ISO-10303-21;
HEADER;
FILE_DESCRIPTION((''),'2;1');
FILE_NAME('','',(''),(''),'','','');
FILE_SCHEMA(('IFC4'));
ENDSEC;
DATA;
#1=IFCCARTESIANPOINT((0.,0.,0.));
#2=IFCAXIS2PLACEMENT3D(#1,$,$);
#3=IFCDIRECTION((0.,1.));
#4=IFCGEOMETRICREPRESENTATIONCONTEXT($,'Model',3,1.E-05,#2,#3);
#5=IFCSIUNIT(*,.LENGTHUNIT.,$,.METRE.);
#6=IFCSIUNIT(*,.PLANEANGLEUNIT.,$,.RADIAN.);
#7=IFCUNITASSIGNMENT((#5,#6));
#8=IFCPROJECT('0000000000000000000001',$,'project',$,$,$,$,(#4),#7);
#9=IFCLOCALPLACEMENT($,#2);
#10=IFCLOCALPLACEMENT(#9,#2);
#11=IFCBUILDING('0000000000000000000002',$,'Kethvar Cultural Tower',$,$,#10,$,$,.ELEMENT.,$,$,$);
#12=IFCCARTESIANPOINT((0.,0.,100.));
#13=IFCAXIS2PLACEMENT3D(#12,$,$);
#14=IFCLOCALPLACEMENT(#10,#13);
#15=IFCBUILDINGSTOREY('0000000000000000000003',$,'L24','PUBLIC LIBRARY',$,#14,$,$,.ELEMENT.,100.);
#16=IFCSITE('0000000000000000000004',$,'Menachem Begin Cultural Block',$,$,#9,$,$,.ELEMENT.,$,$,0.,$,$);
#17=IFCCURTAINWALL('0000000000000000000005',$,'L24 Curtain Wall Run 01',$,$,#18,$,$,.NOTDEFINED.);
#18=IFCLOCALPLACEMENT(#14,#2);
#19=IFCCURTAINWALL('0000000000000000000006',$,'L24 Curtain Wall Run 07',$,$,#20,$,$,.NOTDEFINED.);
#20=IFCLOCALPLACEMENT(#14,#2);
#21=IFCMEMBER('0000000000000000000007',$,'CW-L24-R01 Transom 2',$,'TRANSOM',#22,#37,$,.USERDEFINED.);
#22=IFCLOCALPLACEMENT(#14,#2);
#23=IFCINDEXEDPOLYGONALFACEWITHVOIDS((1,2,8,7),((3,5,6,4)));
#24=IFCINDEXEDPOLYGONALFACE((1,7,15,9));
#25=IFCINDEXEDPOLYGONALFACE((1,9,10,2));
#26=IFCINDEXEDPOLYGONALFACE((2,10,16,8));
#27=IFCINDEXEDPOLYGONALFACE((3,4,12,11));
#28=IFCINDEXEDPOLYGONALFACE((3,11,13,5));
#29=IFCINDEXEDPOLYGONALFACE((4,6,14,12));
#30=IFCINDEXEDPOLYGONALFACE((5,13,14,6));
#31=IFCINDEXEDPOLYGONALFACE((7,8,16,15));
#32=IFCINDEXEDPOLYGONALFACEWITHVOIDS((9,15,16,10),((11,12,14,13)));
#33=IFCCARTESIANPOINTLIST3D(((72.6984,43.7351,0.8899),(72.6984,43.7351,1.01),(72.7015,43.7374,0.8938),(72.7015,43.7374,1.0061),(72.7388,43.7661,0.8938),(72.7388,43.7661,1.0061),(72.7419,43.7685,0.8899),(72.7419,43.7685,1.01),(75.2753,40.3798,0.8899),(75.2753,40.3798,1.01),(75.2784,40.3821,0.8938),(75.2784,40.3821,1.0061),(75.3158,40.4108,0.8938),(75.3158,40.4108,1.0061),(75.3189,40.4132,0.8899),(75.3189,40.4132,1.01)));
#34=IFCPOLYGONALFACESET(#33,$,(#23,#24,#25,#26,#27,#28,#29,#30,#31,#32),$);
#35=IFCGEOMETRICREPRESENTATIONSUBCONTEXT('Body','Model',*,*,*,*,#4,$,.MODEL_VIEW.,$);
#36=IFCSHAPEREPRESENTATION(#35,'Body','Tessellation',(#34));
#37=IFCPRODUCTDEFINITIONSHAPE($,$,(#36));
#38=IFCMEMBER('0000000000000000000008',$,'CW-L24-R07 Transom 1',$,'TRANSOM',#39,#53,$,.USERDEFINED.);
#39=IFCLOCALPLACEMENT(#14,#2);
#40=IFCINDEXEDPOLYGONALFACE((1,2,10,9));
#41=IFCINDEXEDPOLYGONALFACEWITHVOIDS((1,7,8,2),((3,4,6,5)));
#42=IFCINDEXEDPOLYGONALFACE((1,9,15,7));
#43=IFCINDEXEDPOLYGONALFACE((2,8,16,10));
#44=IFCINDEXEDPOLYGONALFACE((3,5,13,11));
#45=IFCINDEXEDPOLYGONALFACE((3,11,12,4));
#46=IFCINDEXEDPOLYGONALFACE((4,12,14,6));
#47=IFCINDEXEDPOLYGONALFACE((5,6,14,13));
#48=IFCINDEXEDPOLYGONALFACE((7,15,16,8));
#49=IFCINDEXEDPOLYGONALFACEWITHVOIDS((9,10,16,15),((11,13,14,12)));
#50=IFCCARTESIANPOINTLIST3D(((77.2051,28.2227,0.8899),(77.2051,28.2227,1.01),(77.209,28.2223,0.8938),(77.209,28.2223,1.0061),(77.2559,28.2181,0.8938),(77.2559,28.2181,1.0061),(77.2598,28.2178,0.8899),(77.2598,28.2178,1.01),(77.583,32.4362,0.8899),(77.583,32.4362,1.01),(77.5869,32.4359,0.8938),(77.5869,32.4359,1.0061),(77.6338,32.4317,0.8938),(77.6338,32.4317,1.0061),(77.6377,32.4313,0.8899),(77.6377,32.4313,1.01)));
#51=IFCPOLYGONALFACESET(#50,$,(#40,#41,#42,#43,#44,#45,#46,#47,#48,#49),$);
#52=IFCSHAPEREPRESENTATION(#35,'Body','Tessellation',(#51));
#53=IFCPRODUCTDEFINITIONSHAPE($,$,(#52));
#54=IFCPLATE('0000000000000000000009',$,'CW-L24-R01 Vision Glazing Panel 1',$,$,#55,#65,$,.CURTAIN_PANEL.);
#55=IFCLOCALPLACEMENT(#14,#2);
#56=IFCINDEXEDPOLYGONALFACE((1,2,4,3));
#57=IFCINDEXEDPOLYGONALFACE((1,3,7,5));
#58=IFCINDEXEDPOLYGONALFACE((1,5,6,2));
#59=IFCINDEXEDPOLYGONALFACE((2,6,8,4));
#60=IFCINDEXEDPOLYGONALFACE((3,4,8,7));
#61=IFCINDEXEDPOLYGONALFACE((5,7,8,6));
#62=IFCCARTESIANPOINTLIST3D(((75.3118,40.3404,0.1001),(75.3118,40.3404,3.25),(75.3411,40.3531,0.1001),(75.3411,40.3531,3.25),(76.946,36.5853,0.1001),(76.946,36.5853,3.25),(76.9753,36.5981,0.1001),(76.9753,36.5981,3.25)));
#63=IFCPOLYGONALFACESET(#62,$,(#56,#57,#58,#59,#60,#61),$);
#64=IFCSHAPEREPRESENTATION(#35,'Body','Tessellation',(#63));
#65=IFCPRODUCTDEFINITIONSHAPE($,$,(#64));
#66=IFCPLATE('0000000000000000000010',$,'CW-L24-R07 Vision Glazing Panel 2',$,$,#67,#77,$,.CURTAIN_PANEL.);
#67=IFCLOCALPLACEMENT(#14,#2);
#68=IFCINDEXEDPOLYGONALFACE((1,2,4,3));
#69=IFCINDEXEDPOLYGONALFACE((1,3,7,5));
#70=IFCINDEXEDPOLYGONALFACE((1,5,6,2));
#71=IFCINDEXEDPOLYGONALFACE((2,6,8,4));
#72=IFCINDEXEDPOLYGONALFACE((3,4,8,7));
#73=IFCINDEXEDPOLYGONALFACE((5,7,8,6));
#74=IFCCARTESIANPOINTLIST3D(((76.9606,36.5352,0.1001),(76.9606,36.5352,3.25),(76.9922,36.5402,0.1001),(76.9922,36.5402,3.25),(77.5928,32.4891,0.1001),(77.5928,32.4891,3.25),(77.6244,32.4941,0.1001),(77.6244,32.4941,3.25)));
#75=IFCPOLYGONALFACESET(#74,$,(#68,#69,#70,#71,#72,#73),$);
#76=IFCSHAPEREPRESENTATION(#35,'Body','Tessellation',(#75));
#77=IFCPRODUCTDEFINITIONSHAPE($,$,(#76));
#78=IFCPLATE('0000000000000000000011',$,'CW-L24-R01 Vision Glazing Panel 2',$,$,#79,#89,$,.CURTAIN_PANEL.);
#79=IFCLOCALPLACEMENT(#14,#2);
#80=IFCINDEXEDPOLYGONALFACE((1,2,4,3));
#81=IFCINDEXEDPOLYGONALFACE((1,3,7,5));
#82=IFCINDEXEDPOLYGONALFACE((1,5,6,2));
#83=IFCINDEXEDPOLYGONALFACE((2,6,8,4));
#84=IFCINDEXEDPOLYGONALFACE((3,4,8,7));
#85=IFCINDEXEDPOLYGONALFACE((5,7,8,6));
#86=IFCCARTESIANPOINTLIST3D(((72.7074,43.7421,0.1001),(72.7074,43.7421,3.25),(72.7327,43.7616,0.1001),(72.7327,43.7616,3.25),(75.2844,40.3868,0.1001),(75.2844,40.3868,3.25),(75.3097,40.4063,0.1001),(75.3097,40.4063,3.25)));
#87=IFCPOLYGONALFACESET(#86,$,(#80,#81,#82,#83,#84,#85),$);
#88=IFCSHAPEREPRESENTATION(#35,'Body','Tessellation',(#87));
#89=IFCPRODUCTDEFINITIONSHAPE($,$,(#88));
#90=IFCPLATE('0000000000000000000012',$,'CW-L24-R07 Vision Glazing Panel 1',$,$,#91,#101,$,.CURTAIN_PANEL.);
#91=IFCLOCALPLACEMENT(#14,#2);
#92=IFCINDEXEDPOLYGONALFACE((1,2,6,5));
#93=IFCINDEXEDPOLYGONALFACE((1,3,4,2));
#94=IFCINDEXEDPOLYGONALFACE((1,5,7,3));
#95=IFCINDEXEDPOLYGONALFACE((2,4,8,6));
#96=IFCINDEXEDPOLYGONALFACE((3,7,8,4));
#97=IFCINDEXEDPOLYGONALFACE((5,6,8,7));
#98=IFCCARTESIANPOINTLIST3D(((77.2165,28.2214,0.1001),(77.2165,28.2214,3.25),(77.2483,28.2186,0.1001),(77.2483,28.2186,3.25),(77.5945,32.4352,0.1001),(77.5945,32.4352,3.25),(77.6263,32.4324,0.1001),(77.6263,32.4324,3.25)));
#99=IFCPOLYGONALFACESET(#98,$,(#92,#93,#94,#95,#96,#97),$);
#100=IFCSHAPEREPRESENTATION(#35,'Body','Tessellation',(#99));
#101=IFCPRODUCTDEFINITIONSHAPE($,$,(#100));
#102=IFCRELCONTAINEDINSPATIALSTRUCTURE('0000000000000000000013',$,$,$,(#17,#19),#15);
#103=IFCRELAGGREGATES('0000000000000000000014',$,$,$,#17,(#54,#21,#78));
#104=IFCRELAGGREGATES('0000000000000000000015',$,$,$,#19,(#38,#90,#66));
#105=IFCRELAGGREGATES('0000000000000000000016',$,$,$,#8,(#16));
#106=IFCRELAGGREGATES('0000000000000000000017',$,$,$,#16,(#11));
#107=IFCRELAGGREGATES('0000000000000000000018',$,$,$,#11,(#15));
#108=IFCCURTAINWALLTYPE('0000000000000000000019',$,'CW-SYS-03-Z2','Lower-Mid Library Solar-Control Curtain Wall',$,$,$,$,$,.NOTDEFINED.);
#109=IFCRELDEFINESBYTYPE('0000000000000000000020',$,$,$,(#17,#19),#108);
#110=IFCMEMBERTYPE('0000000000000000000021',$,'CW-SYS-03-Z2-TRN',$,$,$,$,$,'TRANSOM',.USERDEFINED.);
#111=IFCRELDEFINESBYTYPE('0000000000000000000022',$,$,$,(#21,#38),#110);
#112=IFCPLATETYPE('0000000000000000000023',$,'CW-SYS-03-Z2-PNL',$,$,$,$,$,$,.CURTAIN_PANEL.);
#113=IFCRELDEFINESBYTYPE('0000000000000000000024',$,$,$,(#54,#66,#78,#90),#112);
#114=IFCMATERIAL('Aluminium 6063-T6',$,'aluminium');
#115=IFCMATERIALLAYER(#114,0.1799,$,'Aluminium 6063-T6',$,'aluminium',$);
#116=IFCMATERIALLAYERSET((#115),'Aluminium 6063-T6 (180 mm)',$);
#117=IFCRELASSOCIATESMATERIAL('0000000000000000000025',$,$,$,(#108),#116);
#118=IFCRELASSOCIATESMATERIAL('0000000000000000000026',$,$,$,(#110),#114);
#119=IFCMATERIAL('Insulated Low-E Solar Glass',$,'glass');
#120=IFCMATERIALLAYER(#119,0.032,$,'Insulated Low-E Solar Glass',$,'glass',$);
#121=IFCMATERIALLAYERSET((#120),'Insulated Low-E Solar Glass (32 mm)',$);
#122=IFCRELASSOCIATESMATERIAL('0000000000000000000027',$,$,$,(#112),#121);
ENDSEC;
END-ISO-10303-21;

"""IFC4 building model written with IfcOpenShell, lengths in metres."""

from ifc_helpers import new_model, si_unit, direction, frame, origin, origin_2d, place, context, subcontext, project, spatial, rectangle, hollow_rectangle, extrude, source, transform, mapped, material, layer, layer_set, material_profile, profile_set, type_object, element, aggregate, save


model = new_model("IFC4")

# Units and contexts
model_context = context("Model", 3, precision=1e-05, world=origin(), true_north=direction((0.0, 1.0)))
body_context = subcontext(model_context, "Body", "Model", "MODEL_VIEW")
ifc_project = project(units=[si_unit("LENGTHUNIT", "METRE"), si_unit("PLANEANGLEUNIT", "RADIAN")], contexts=[model_context])

# Site, building, storey
site_placement = place(None, origin())
site = spatial("IfcSite", under=ifc_project, at=site_placement, Name="Menachem Begin Cultural Block", CompositionType="ELEMENT", RefElevation=0.0)
building_placement = place(site_placement, origin())
building = spatial("IfcBuilding", under=site, at=building_placement, Name="Kethvar Cultural Tower", CompositionType="ELEMENT")
storey_placement = place(building_placement, frame((0.0, 0.0, 100.0)))
storey = spatial("IfcBuildingStorey", under=building, at=storey_placement, Name="L24", Description="PUBLIC LIBRARY", CompositionType="ELEMENT", Elevation=100.0)

# Curtain wall
ifc_material_1 = material(Name="Aluminium 6063-T6", Category="aluminium")
ifc_layer_1 = layer(ifc_material_1, 0.1799, Name="Aluminium 6063-T6", Category="aluminium")
ifc_layer_set_1 = layer_set([ifc_layer_1], Name="Aluminium 6063-T6 (180 mm)")
curtain_wall_type = type_object("IfcCurtainWallType", Name="CW-SYS-03-Z2", Description="Lower-Mid Library Solar-Control Curtain Wall", PredefinedType="NOTDEFINED", material=ifc_layer_set_1)
curtain_wall_1_placement = place(storey_placement, origin())
curtain_wall_1 = element("IfcCurtainWall", 1, at=curtain_wall_1_placement, inside=storey, type_object=curtain_wall_type, Name="L24 Curtain Wall Run 01", PredefinedType="NOTDEFINED")

# Curtain wall
curtain_wall_2_placement = place(storey_placement, origin())
curtain_wall_2 = element("IfcCurtainWall", 2, at=curtain_wall_2_placement, inside=storey, type_object=curtain_wall_type, Name="L24 Curtain Wall Run 07", PredefinedType="NOTDEFINED")
ifc_material_profile_1 = material_profile(ifc_material_1, hollow_rectangle(XDim=0.0549, YDim=0.1201, WallThickness=0.0039, at=origin_2d()), Name="Aluminium 6063-T6 — RHS120x55x4")
ifc_profile_set_1 = profile_set([ifc_material_profile_1], Name="Aluminium 6063-T6 — RHS120x55x4")
member_type_1 = type_object("IfcMemberType", Name="CW-SYS-03-Z2-TRN", ElementType="TRANSOM", PredefinedType="USERDEFINED", material=ifc_profile_set_1)

# Members
shared_shape_1 = source(origin(), body_context, "Body", "SweptSolid", [
    extrude(hollow_rectangle(XDim=0.0549, YDim=0.1201, WallThickness=0.0039, at=origin_2d()), origin(), (0.0, 0.0, 1.0), 4.2307),
])
member_1_placement = place(storey_placement, frame((75.2971, 40.3965, 0.95), z_axis=(-0.609111, 0.793085, 0.0), x_axis=(-0.793085, -0.609111, 0.0)))
member_1 = element("IfcMember", 3, at=member_1_placement, type_object=member_type_1, Name="CW-L24-R01 Transom 2", ObjectType="TRANSOM", PredefinedType="USERDEFINED", context=body_context, shape_type="MappedRepresentation", body=[
    mapped(shared_shape_1, transform((0.0, 0.0, 0.0), scale=1.0)),
])
shared_shape_2 = source(origin(), body_context, "Body", "SweptSolid", [
    extrude(hollow_rectangle(XDim=0.0549, YDim=0.1201, WallThickness=0.0039, at=origin_2d()), origin(), (0.0, 0.0, 1.0), 4.2305),
])
member_2_placement = place(storey_placement, frame((77.2324, 28.2202, 0.95), z_axis=(0.089334, 0.996002, 0.0), x_axis=(-0.996002, 0.089334, 0.0)))
member_2 = element("IfcMember", 4, at=member_2_placement, type_object=member_type_1, Name="CW-L24-R07 Transom 1", ObjectType="TRANSOM", PredefinedType="USERDEFINED", context=body_context, shape_type="MappedRepresentation", body=[
    mapped(shared_shape_2, transform((0.0, 0.0, 0.0), scale=1.0)),
])

# Plates
ifc_material_2 = material(Name="Insulated Low-E Solar Glass", Category="glass")
ifc_layer_2 = layer(ifc_material_2, 0.032, Name="Insulated Low-E Solar Glass", Category="glass")
ifc_layer_set_2 = layer_set([ifc_layer_2], Name="Insulated Low-E Solar Glass (32 mm)")
plate_type = type_object("IfcPlateType", Name="CW-SYS-03-Z2-PNL", PredefinedType="CURTAIN_PANEL", material=ifc_layer_set_2)
shared_shape_3 = source(origin(), body_context, "Body", "SweptSolid", [
    extrude(rectangle(XDim=4.0952, YDim=0.032, at=origin_2d()), origin(), (0.0, 0.0, 1.0), 3.1499),
])
plate_1_placement = place(storey_placement, frame((76.1436, 38.4692, 0.1001), z_axis=(0.0, 0.0, 1.0), x_axis=(-0.399053, 0.916928, 0.0)))
plate_1 = element("IfcPlate", 5, at=plate_1_placement, type_object=plate_type, Name="CW-L24-R01 Vision Glazing Panel 1", PredefinedType="CURTAIN_PANEL", context=body_context, shape_type="MappedRepresentation", body=[
    mapped(shared_shape_3, transform((0.0, 0.0, 0.0), scale=1.0)),
])
plate_2_placement = place(storey_placement, frame((77.2925, 34.5146, 0.1001), z_axis=(0.0, 0.0, 1.0), x_axis=(-0.154366, 0.988014, 0.0)))
plate_2 = element("IfcPlate", 6, at=plate_2_placement, type_object=plate_type, Name="CW-L24-R07 Vision Glazing Panel 2", PredefinedType="CURTAIN_PANEL", context=body_context, shape_type="MappedRepresentation", body=[
    mapped(shared_shape_3, transform((0.0, 0.0, 0.0), scale=1.0)),
])
shared_shape_4 = source(origin(), body_context, "Body", "SweptSolid", [
    extrude(rectangle(XDim=4.2307, YDim=0.032, at=origin_2d()), origin(), (0.0, 0.0, 1.0), 3.1499),
])
plate_3_placement = place(storey_placement, frame((74.0085, 42.0742, 0.1001), z_axis=(0.0, 0.0, 1.0), x_axis=(-0.609121, 0.793077, 0.0)))
plate_3 = element("IfcPlate", 7, at=plate_3_placement, type_object=plate_type, Name="CW-L24-R01 Vision Glazing Panel 2", PredefinedType="CURTAIN_PANEL", context=body_context, shape_type="MappedRepresentation", body=[
    mapped(shared_shape_4, transform((0.0, 0.0, 0.0), scale=1.0)),
])
aggregate(curtain_wall_1, [plate_1, member_1, plate_3])
plate_4_placement = place(storey_placement, frame((77.4214, 30.3269, 0.1001), z_axis=(0.0, 0.0, 1.0), x_axis=(0.089346, 0.996001, 0.0)))
plate_4 = element("IfcPlate", 8, at=plate_4_placement, type_object=plate_type, Name="CW-L24-R07 Vision Glazing Panel 1", PredefinedType="CURTAIN_PANEL", context=body_context, shape_type="MappedRepresentation", body=[
    mapped(shared_shape_4, transform((0.0, 0.0, 0.0), scale=1.0)),
])
aggregate(curtain_wall_2, [member_2, plate_4, plate_2])

save(model, "model.ifc")
